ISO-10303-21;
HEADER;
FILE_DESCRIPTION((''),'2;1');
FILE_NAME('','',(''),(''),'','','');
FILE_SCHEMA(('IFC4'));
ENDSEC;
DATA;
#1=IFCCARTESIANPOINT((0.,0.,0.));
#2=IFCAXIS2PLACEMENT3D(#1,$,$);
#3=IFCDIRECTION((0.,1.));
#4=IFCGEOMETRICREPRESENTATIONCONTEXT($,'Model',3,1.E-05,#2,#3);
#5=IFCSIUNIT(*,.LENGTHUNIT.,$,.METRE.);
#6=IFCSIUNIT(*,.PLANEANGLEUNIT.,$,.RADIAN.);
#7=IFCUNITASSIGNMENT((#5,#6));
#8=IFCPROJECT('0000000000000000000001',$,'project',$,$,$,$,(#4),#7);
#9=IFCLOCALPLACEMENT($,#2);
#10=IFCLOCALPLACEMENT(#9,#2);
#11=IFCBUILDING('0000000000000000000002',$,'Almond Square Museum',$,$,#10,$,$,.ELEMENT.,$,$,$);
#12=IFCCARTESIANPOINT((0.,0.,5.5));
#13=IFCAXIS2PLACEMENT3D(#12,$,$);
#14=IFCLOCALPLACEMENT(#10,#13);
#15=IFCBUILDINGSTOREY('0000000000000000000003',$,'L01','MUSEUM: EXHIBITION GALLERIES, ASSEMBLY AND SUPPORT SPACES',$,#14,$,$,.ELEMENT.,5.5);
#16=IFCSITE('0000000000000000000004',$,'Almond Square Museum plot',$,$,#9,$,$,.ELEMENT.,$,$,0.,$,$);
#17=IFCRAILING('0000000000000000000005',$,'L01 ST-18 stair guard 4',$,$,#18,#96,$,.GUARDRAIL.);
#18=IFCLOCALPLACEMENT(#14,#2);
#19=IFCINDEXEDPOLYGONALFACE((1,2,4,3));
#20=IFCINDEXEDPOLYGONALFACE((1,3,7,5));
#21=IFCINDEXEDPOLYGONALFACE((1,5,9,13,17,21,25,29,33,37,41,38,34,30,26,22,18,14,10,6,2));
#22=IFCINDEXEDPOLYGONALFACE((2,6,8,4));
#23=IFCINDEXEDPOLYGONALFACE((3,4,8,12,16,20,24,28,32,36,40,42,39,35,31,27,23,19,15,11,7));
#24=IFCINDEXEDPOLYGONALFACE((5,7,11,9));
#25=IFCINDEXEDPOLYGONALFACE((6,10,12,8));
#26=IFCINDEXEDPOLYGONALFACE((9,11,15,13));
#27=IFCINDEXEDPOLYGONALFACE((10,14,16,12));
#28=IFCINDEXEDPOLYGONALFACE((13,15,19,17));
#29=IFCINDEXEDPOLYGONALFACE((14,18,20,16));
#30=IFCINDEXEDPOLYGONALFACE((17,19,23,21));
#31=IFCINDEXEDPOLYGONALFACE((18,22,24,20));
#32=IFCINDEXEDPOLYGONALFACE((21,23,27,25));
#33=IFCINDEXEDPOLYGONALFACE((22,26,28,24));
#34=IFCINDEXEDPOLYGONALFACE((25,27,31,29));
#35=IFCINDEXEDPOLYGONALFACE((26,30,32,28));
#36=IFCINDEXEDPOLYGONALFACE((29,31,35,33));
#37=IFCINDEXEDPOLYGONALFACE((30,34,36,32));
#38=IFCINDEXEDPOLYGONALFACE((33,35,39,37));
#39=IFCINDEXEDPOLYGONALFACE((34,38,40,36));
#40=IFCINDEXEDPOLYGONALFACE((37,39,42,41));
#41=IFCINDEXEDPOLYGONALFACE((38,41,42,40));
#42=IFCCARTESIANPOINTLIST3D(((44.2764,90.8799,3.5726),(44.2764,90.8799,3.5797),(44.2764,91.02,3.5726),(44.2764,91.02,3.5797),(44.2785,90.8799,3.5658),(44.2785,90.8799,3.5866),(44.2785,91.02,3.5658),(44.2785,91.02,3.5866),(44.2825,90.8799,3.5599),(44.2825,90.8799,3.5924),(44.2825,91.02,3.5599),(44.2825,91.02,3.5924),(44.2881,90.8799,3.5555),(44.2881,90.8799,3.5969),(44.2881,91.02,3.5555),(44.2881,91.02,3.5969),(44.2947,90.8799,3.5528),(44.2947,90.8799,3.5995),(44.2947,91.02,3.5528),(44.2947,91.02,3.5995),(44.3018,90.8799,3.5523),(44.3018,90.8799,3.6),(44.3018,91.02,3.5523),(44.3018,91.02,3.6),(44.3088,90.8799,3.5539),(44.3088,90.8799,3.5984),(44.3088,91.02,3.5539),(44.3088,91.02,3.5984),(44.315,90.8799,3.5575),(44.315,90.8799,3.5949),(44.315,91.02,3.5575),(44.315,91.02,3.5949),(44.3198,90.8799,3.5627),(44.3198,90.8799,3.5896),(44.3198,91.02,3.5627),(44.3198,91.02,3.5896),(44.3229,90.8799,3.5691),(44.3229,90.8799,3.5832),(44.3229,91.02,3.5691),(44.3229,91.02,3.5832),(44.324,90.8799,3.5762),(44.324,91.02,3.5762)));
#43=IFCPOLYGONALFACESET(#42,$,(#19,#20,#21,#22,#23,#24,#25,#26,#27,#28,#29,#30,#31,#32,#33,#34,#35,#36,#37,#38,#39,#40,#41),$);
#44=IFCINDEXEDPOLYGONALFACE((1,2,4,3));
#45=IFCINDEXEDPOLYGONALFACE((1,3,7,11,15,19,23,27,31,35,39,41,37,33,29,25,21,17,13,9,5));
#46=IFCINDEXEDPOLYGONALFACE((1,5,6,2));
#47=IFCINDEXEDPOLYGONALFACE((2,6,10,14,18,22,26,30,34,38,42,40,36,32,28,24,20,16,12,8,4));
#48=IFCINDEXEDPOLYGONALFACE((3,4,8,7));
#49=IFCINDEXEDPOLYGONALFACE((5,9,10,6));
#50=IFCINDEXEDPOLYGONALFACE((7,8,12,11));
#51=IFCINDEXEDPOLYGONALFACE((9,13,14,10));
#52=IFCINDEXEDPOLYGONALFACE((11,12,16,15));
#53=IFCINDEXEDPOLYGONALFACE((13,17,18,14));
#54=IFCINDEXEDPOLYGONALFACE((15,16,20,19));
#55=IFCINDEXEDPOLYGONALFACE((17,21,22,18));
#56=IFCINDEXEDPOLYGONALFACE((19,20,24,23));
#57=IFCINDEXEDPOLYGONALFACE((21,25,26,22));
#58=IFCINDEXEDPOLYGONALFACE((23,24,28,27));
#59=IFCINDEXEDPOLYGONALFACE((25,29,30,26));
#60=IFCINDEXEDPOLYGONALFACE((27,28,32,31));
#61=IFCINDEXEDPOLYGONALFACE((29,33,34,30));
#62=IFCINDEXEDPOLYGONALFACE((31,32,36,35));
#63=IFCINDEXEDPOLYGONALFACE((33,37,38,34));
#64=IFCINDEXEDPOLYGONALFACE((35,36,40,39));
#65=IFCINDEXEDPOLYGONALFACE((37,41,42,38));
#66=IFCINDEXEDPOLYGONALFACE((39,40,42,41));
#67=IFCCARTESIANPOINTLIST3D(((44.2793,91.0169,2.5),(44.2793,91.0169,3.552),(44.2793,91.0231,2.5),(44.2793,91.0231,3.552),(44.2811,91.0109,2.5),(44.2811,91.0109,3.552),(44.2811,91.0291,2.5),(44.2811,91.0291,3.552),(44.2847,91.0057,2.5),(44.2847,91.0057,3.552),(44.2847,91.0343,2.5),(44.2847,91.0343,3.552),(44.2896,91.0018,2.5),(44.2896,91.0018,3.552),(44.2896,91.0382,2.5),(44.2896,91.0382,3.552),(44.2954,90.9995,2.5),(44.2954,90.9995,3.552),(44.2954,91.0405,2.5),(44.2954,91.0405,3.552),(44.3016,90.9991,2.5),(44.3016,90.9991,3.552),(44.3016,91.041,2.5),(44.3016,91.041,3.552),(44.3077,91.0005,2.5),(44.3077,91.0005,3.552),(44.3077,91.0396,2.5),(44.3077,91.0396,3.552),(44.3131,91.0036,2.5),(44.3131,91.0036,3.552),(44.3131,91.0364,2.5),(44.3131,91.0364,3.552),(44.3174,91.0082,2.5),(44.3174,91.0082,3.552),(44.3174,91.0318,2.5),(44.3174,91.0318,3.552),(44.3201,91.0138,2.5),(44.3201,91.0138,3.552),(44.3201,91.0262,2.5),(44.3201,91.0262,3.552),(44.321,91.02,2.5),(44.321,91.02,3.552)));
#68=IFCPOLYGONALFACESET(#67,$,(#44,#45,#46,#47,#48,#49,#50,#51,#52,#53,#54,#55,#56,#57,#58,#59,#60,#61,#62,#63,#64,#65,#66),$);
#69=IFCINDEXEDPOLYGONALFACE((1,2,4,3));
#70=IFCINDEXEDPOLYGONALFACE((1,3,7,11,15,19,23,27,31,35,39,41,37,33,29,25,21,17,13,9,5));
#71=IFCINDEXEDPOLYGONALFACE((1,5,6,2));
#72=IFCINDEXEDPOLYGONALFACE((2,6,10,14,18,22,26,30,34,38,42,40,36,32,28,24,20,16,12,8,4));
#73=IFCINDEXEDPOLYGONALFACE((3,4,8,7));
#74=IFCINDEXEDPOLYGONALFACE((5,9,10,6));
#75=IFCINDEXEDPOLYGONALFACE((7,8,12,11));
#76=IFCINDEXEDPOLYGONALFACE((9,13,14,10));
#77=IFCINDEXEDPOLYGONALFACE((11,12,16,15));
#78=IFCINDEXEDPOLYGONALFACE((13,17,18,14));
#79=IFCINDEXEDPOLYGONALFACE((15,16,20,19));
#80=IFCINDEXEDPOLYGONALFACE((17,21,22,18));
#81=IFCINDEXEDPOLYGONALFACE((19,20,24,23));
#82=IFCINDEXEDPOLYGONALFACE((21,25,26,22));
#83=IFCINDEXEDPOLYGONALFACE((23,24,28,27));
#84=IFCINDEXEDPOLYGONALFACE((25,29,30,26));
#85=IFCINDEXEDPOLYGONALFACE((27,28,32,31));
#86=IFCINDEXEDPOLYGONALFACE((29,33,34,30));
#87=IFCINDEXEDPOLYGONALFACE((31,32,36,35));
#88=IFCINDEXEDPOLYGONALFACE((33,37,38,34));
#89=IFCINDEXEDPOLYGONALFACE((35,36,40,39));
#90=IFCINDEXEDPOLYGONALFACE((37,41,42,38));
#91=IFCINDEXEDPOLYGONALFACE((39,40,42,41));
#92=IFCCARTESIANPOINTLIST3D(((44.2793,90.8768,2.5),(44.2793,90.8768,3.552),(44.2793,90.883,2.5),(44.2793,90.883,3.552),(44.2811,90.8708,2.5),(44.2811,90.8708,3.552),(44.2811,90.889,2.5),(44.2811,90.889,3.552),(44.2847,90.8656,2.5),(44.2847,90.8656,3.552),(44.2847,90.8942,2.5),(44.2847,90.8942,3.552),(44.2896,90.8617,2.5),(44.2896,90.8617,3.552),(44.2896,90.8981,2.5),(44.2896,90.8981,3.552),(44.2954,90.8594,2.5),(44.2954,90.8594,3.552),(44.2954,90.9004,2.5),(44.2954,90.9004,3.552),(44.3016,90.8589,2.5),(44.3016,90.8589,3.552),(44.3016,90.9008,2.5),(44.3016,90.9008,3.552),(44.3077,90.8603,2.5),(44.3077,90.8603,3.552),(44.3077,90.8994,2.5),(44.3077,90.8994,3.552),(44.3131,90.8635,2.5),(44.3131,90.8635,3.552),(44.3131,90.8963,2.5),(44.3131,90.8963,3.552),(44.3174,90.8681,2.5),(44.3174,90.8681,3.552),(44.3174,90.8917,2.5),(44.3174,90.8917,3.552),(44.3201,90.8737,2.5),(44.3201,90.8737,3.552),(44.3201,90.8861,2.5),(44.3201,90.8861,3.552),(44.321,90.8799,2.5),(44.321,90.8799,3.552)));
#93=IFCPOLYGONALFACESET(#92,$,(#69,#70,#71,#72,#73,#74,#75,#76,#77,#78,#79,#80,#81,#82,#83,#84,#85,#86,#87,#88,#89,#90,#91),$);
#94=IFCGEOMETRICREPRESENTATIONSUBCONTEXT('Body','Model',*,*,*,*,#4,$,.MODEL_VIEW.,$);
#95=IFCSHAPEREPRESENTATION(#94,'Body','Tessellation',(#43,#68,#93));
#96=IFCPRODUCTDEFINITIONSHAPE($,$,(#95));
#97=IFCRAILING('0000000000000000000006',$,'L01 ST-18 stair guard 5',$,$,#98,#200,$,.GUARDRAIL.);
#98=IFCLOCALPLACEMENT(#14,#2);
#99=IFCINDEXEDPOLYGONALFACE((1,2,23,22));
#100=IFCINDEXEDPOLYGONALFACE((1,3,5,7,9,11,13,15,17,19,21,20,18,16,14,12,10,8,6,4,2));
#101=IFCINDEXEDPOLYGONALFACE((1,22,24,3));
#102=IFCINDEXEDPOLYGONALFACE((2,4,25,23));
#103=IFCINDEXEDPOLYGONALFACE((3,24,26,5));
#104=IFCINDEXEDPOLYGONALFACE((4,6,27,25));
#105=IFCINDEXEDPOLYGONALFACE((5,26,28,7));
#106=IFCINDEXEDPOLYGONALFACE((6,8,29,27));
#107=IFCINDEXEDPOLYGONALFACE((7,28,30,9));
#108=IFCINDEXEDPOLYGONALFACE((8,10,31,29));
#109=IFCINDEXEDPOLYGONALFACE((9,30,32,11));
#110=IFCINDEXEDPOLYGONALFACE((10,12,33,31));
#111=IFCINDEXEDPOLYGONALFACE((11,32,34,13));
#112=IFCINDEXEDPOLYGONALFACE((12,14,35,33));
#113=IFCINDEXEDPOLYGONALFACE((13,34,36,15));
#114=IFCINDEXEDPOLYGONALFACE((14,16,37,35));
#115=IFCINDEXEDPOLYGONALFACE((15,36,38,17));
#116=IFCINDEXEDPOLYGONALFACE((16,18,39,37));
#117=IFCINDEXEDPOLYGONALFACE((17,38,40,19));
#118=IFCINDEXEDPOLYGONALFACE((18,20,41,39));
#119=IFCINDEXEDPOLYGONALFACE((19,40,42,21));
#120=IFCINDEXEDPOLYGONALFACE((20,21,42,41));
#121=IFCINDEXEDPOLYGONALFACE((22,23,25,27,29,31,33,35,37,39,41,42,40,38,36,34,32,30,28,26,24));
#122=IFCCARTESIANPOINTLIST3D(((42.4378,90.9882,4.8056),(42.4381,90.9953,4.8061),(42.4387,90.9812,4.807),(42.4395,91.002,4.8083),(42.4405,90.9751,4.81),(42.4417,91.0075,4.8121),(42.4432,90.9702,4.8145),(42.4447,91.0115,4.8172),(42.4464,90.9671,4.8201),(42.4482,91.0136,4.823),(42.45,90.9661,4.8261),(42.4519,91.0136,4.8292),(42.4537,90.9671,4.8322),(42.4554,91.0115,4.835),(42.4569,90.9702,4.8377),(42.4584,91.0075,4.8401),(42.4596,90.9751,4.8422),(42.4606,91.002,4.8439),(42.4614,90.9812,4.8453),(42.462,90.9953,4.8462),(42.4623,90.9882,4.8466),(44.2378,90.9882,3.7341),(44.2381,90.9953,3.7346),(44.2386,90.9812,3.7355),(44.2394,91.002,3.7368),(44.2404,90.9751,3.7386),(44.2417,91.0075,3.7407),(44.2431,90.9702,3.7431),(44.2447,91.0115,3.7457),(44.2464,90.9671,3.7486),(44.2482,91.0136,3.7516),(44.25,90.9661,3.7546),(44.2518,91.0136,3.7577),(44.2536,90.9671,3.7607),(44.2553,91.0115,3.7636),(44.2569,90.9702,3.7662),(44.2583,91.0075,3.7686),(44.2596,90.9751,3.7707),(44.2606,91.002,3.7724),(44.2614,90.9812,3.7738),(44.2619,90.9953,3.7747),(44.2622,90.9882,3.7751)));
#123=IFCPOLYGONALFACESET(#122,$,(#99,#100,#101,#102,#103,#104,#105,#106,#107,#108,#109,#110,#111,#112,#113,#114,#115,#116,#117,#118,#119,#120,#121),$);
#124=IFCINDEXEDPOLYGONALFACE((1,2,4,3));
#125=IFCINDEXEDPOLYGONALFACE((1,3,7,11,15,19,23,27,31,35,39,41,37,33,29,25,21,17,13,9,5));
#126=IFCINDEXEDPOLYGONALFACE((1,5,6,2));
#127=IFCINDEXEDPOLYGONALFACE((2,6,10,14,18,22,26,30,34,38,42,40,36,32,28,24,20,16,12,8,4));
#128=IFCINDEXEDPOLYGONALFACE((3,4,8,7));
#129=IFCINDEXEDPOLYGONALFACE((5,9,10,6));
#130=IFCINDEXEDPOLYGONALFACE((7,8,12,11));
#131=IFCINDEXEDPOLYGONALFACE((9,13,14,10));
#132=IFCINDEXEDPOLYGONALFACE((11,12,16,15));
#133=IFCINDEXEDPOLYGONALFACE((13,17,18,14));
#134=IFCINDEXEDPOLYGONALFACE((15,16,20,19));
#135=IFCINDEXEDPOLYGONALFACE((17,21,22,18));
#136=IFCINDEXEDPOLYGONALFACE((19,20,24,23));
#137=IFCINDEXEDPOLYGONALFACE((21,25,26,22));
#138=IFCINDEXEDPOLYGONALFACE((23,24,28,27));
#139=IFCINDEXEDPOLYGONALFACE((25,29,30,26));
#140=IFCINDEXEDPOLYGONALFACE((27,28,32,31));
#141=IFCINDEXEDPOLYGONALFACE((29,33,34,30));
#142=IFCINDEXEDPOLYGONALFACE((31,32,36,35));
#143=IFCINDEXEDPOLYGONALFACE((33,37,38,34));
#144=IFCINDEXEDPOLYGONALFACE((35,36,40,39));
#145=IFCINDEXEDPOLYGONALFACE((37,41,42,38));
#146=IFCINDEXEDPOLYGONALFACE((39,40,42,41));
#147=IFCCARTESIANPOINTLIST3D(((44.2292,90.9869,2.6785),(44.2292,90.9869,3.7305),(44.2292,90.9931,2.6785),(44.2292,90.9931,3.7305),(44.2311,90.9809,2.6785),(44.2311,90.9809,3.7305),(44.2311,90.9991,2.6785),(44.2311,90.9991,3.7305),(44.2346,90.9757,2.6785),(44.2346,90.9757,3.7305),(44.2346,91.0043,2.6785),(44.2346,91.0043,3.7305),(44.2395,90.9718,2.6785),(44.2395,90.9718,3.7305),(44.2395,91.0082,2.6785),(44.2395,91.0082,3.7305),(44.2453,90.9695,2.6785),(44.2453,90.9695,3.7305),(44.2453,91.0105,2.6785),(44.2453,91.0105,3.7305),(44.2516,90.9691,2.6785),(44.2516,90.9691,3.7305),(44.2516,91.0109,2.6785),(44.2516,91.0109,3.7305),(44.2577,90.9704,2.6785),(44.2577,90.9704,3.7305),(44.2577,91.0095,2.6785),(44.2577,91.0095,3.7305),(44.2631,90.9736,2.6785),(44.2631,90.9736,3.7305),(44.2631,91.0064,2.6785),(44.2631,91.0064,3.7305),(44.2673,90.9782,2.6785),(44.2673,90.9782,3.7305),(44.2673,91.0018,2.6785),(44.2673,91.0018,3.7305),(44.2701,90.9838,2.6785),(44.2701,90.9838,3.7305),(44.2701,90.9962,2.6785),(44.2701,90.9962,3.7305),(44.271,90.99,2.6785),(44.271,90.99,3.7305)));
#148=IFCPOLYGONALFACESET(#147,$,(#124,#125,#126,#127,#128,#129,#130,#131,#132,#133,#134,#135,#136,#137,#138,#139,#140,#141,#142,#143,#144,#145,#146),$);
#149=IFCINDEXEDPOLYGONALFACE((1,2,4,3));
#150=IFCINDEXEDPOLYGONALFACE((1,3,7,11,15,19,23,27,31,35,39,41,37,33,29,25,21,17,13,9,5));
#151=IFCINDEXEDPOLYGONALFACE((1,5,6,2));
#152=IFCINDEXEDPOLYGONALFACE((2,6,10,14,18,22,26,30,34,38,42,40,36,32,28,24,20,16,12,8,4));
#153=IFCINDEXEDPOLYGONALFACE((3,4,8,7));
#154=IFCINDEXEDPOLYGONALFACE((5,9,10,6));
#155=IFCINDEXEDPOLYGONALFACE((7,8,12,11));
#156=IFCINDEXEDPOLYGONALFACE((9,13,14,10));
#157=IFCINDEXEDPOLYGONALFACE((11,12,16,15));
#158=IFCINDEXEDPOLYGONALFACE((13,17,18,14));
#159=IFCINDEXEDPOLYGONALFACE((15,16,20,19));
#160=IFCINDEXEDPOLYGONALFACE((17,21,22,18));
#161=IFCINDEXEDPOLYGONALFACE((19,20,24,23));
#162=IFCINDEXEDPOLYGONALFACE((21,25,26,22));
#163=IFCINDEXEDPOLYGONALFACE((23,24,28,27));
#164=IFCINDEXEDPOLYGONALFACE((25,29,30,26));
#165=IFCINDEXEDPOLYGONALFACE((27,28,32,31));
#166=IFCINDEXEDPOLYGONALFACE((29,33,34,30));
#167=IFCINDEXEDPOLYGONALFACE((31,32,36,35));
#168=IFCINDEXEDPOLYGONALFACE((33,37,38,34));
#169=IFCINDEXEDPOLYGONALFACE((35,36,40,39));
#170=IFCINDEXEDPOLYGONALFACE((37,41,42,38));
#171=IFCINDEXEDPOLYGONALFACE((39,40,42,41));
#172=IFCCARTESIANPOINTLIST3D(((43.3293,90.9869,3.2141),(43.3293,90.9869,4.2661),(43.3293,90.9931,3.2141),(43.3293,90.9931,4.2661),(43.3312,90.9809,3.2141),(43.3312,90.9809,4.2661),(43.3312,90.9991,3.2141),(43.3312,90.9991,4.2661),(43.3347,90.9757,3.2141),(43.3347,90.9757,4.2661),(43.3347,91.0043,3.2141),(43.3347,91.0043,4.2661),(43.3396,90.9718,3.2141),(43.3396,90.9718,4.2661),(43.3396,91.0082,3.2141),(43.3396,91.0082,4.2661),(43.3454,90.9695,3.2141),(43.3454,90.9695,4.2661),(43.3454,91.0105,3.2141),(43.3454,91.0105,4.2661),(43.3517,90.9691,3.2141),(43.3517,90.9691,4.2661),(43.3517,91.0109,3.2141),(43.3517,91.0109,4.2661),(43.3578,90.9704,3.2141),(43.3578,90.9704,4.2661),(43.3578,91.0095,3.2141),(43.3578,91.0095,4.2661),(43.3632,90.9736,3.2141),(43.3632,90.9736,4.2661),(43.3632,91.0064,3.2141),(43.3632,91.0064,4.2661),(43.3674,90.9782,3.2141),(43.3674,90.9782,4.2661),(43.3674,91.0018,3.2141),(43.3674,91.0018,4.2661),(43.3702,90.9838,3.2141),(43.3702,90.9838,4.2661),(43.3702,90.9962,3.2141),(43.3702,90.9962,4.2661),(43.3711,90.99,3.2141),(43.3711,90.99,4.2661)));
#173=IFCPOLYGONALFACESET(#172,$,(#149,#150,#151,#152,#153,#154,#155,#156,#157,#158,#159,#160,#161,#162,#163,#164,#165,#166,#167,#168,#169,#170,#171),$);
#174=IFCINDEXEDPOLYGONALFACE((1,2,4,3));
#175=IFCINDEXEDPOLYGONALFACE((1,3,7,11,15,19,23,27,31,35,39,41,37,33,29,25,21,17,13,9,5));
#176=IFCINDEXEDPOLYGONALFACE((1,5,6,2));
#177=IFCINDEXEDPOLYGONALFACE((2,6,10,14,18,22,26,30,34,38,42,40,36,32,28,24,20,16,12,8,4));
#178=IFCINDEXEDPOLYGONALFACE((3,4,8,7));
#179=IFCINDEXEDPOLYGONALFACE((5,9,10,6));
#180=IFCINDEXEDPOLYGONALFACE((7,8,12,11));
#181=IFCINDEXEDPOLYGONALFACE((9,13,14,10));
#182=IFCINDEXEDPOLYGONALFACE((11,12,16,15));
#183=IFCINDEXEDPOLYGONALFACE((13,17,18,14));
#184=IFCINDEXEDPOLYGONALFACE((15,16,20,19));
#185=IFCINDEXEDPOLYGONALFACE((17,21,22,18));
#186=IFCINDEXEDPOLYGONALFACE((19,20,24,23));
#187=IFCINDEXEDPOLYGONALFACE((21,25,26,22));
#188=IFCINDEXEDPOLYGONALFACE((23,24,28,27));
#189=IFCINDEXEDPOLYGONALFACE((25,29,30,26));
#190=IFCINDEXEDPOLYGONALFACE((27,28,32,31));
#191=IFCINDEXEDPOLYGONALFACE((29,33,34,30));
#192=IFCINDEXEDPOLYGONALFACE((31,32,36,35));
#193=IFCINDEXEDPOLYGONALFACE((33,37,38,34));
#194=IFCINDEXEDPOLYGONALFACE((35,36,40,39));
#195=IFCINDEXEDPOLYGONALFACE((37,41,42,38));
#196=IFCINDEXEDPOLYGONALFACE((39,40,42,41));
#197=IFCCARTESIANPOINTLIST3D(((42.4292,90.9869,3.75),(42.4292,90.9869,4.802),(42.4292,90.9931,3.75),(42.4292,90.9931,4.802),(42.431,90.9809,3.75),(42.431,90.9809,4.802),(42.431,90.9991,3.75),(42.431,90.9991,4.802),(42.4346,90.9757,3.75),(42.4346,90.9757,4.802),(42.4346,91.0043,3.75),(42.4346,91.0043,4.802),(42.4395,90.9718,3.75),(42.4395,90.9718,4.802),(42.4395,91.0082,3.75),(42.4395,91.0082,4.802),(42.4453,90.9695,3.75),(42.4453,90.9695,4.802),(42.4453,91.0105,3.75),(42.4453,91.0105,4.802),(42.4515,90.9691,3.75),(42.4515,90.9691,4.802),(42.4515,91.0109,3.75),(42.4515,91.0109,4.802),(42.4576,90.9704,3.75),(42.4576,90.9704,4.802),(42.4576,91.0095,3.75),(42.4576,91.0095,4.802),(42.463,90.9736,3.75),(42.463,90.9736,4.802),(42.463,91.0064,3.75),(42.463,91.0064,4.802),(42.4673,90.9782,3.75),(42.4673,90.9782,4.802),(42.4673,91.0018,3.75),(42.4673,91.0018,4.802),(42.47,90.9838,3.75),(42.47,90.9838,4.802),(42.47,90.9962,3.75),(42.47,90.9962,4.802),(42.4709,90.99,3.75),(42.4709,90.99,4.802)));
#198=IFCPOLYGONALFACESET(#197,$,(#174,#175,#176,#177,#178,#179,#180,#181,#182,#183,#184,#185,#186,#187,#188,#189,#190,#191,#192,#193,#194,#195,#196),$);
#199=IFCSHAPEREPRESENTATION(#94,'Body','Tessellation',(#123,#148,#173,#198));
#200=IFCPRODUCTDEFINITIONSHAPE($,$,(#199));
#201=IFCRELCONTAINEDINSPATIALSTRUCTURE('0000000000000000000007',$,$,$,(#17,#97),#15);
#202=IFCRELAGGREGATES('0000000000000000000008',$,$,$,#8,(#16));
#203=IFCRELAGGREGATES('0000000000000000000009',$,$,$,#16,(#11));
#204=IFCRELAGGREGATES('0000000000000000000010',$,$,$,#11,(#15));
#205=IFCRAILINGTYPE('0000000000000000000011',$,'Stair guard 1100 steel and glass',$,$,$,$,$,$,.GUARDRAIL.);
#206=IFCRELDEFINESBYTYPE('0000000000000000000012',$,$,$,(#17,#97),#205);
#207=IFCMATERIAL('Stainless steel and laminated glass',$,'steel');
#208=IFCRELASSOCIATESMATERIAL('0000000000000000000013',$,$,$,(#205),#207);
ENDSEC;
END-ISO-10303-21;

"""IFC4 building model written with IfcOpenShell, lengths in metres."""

from ifc_helpers import new_model, si_unit, direction, frame, origin, origin_2d, place, context, subcontext, project, spatial, circle, extrude, material, type_object, element, save


model = new_model("IFC4")

# Units and contexts
model_context = context("Model", 3, precision=1e-05, world=origin(), true_north=direction((0.0, 1.0)))
body_context = subcontext(model_context, "Body", "Model", "MODEL_VIEW")
ifc_project = project(units=[si_unit("LENGTHUNIT", "METRE"), si_unit("PLANEANGLEUNIT", "RADIAN")], contexts=[model_context])

# Site, building, storey
site_placement = place(None, origin())
site = spatial("IfcSite", under=ifc_project, at=site_placement, Name="Almond Square Museum plot", CompositionType="ELEMENT", RefElevation=0.0)
building_placement = place(site_placement, origin())
building = spatial("IfcBuilding", under=site, at=building_placement, Name="Almond Square Museum", CompositionType="ELEMENT")
storey_placement = place(building_placement, frame((0.0, 0.0, 5.5)))
storey = spatial("IfcBuildingStorey", under=building, at=storey_placement, Name="L01", Description="MUSEUM: EXHIBITION GALLERIES, ASSEMBLY AND SUPPORT SPACES", CompositionType="ELEMENT", Elevation=5.5)

# Railings
ifc_material_1 = material(Name="Stainless steel and laminated glass", Category="steel")
railing_type_1 = type_object("IfcRailingType", Name="Stair guard 1100 steel and glass", PredefinedType="GUARDRAIL", material=ifc_material_1)
railing_1_placement = place(storey_placement, frame((44.3, 91.02, 2.5)))
element("IfcRailing", 1, at=railing_1_placement, inside=storey, type_object=railing_type_1, Name="L01 ST-18 stair guard 4", PredefinedType="GUARDRAIL", context=body_context, shape_type="SweptSolid", body=[
    extrude(circle(Radius=0.0239, at=origin_2d()), frame((0.0, 0.0, 1.0762), z_axis=(0.0, -1.0, 0.0), x_axis=(1.0, 0.0, 0.0)), (0.0, 0.0, 1.0), 0.1401),
    extrude(circle(Radius=0.021, at=origin_2d()), origin(), (0.0, 0.0, 1.0), 1.052),
    extrude(circle(Radius=0.021, at=origin_2d()), frame((0.0, -0.1401, 0.0)), (0.0, 0.0, 1.0), 1.052),
])
railing_2_placement = place(storey_placement, frame((44.25, 90.99, 2.6785)))
element("IfcRailing", 2, at=railing_2_placement, inside=storey, type_object=railing_type_1, Name="L01 ST-18 stair guard 5", PredefinedType="GUARDRAIL", context=body_context, shape_type="SweptSolid", body=[
    extrude(circle(Radius=0.0239, at=origin_2d()), frame((0.0, 0.0, 1.0762), z_axis=(-0.859277, 0.0, 0.51151), x_axis=(0.0, -1.0, 0.0)), (0.0, 0.0, 1.0), 2.0947),
    extrude(circle(Radius=0.021, at=origin_2d()), origin(), (0.0, 0.0, 1.0), 1.052),
    extrude(circle(Radius=0.021, at=origin_2d()), frame((-0.8999, 0.0, 0.5356)), (0.0, 0.0, 1.0), 1.052),
    extrude(circle(Radius=0.021, at=origin_2d()), frame((-1.8, 0.0, 1.0715)), (0.0, 0.0, 1.0), 1.052),
])

save(model, "model.ifc")
